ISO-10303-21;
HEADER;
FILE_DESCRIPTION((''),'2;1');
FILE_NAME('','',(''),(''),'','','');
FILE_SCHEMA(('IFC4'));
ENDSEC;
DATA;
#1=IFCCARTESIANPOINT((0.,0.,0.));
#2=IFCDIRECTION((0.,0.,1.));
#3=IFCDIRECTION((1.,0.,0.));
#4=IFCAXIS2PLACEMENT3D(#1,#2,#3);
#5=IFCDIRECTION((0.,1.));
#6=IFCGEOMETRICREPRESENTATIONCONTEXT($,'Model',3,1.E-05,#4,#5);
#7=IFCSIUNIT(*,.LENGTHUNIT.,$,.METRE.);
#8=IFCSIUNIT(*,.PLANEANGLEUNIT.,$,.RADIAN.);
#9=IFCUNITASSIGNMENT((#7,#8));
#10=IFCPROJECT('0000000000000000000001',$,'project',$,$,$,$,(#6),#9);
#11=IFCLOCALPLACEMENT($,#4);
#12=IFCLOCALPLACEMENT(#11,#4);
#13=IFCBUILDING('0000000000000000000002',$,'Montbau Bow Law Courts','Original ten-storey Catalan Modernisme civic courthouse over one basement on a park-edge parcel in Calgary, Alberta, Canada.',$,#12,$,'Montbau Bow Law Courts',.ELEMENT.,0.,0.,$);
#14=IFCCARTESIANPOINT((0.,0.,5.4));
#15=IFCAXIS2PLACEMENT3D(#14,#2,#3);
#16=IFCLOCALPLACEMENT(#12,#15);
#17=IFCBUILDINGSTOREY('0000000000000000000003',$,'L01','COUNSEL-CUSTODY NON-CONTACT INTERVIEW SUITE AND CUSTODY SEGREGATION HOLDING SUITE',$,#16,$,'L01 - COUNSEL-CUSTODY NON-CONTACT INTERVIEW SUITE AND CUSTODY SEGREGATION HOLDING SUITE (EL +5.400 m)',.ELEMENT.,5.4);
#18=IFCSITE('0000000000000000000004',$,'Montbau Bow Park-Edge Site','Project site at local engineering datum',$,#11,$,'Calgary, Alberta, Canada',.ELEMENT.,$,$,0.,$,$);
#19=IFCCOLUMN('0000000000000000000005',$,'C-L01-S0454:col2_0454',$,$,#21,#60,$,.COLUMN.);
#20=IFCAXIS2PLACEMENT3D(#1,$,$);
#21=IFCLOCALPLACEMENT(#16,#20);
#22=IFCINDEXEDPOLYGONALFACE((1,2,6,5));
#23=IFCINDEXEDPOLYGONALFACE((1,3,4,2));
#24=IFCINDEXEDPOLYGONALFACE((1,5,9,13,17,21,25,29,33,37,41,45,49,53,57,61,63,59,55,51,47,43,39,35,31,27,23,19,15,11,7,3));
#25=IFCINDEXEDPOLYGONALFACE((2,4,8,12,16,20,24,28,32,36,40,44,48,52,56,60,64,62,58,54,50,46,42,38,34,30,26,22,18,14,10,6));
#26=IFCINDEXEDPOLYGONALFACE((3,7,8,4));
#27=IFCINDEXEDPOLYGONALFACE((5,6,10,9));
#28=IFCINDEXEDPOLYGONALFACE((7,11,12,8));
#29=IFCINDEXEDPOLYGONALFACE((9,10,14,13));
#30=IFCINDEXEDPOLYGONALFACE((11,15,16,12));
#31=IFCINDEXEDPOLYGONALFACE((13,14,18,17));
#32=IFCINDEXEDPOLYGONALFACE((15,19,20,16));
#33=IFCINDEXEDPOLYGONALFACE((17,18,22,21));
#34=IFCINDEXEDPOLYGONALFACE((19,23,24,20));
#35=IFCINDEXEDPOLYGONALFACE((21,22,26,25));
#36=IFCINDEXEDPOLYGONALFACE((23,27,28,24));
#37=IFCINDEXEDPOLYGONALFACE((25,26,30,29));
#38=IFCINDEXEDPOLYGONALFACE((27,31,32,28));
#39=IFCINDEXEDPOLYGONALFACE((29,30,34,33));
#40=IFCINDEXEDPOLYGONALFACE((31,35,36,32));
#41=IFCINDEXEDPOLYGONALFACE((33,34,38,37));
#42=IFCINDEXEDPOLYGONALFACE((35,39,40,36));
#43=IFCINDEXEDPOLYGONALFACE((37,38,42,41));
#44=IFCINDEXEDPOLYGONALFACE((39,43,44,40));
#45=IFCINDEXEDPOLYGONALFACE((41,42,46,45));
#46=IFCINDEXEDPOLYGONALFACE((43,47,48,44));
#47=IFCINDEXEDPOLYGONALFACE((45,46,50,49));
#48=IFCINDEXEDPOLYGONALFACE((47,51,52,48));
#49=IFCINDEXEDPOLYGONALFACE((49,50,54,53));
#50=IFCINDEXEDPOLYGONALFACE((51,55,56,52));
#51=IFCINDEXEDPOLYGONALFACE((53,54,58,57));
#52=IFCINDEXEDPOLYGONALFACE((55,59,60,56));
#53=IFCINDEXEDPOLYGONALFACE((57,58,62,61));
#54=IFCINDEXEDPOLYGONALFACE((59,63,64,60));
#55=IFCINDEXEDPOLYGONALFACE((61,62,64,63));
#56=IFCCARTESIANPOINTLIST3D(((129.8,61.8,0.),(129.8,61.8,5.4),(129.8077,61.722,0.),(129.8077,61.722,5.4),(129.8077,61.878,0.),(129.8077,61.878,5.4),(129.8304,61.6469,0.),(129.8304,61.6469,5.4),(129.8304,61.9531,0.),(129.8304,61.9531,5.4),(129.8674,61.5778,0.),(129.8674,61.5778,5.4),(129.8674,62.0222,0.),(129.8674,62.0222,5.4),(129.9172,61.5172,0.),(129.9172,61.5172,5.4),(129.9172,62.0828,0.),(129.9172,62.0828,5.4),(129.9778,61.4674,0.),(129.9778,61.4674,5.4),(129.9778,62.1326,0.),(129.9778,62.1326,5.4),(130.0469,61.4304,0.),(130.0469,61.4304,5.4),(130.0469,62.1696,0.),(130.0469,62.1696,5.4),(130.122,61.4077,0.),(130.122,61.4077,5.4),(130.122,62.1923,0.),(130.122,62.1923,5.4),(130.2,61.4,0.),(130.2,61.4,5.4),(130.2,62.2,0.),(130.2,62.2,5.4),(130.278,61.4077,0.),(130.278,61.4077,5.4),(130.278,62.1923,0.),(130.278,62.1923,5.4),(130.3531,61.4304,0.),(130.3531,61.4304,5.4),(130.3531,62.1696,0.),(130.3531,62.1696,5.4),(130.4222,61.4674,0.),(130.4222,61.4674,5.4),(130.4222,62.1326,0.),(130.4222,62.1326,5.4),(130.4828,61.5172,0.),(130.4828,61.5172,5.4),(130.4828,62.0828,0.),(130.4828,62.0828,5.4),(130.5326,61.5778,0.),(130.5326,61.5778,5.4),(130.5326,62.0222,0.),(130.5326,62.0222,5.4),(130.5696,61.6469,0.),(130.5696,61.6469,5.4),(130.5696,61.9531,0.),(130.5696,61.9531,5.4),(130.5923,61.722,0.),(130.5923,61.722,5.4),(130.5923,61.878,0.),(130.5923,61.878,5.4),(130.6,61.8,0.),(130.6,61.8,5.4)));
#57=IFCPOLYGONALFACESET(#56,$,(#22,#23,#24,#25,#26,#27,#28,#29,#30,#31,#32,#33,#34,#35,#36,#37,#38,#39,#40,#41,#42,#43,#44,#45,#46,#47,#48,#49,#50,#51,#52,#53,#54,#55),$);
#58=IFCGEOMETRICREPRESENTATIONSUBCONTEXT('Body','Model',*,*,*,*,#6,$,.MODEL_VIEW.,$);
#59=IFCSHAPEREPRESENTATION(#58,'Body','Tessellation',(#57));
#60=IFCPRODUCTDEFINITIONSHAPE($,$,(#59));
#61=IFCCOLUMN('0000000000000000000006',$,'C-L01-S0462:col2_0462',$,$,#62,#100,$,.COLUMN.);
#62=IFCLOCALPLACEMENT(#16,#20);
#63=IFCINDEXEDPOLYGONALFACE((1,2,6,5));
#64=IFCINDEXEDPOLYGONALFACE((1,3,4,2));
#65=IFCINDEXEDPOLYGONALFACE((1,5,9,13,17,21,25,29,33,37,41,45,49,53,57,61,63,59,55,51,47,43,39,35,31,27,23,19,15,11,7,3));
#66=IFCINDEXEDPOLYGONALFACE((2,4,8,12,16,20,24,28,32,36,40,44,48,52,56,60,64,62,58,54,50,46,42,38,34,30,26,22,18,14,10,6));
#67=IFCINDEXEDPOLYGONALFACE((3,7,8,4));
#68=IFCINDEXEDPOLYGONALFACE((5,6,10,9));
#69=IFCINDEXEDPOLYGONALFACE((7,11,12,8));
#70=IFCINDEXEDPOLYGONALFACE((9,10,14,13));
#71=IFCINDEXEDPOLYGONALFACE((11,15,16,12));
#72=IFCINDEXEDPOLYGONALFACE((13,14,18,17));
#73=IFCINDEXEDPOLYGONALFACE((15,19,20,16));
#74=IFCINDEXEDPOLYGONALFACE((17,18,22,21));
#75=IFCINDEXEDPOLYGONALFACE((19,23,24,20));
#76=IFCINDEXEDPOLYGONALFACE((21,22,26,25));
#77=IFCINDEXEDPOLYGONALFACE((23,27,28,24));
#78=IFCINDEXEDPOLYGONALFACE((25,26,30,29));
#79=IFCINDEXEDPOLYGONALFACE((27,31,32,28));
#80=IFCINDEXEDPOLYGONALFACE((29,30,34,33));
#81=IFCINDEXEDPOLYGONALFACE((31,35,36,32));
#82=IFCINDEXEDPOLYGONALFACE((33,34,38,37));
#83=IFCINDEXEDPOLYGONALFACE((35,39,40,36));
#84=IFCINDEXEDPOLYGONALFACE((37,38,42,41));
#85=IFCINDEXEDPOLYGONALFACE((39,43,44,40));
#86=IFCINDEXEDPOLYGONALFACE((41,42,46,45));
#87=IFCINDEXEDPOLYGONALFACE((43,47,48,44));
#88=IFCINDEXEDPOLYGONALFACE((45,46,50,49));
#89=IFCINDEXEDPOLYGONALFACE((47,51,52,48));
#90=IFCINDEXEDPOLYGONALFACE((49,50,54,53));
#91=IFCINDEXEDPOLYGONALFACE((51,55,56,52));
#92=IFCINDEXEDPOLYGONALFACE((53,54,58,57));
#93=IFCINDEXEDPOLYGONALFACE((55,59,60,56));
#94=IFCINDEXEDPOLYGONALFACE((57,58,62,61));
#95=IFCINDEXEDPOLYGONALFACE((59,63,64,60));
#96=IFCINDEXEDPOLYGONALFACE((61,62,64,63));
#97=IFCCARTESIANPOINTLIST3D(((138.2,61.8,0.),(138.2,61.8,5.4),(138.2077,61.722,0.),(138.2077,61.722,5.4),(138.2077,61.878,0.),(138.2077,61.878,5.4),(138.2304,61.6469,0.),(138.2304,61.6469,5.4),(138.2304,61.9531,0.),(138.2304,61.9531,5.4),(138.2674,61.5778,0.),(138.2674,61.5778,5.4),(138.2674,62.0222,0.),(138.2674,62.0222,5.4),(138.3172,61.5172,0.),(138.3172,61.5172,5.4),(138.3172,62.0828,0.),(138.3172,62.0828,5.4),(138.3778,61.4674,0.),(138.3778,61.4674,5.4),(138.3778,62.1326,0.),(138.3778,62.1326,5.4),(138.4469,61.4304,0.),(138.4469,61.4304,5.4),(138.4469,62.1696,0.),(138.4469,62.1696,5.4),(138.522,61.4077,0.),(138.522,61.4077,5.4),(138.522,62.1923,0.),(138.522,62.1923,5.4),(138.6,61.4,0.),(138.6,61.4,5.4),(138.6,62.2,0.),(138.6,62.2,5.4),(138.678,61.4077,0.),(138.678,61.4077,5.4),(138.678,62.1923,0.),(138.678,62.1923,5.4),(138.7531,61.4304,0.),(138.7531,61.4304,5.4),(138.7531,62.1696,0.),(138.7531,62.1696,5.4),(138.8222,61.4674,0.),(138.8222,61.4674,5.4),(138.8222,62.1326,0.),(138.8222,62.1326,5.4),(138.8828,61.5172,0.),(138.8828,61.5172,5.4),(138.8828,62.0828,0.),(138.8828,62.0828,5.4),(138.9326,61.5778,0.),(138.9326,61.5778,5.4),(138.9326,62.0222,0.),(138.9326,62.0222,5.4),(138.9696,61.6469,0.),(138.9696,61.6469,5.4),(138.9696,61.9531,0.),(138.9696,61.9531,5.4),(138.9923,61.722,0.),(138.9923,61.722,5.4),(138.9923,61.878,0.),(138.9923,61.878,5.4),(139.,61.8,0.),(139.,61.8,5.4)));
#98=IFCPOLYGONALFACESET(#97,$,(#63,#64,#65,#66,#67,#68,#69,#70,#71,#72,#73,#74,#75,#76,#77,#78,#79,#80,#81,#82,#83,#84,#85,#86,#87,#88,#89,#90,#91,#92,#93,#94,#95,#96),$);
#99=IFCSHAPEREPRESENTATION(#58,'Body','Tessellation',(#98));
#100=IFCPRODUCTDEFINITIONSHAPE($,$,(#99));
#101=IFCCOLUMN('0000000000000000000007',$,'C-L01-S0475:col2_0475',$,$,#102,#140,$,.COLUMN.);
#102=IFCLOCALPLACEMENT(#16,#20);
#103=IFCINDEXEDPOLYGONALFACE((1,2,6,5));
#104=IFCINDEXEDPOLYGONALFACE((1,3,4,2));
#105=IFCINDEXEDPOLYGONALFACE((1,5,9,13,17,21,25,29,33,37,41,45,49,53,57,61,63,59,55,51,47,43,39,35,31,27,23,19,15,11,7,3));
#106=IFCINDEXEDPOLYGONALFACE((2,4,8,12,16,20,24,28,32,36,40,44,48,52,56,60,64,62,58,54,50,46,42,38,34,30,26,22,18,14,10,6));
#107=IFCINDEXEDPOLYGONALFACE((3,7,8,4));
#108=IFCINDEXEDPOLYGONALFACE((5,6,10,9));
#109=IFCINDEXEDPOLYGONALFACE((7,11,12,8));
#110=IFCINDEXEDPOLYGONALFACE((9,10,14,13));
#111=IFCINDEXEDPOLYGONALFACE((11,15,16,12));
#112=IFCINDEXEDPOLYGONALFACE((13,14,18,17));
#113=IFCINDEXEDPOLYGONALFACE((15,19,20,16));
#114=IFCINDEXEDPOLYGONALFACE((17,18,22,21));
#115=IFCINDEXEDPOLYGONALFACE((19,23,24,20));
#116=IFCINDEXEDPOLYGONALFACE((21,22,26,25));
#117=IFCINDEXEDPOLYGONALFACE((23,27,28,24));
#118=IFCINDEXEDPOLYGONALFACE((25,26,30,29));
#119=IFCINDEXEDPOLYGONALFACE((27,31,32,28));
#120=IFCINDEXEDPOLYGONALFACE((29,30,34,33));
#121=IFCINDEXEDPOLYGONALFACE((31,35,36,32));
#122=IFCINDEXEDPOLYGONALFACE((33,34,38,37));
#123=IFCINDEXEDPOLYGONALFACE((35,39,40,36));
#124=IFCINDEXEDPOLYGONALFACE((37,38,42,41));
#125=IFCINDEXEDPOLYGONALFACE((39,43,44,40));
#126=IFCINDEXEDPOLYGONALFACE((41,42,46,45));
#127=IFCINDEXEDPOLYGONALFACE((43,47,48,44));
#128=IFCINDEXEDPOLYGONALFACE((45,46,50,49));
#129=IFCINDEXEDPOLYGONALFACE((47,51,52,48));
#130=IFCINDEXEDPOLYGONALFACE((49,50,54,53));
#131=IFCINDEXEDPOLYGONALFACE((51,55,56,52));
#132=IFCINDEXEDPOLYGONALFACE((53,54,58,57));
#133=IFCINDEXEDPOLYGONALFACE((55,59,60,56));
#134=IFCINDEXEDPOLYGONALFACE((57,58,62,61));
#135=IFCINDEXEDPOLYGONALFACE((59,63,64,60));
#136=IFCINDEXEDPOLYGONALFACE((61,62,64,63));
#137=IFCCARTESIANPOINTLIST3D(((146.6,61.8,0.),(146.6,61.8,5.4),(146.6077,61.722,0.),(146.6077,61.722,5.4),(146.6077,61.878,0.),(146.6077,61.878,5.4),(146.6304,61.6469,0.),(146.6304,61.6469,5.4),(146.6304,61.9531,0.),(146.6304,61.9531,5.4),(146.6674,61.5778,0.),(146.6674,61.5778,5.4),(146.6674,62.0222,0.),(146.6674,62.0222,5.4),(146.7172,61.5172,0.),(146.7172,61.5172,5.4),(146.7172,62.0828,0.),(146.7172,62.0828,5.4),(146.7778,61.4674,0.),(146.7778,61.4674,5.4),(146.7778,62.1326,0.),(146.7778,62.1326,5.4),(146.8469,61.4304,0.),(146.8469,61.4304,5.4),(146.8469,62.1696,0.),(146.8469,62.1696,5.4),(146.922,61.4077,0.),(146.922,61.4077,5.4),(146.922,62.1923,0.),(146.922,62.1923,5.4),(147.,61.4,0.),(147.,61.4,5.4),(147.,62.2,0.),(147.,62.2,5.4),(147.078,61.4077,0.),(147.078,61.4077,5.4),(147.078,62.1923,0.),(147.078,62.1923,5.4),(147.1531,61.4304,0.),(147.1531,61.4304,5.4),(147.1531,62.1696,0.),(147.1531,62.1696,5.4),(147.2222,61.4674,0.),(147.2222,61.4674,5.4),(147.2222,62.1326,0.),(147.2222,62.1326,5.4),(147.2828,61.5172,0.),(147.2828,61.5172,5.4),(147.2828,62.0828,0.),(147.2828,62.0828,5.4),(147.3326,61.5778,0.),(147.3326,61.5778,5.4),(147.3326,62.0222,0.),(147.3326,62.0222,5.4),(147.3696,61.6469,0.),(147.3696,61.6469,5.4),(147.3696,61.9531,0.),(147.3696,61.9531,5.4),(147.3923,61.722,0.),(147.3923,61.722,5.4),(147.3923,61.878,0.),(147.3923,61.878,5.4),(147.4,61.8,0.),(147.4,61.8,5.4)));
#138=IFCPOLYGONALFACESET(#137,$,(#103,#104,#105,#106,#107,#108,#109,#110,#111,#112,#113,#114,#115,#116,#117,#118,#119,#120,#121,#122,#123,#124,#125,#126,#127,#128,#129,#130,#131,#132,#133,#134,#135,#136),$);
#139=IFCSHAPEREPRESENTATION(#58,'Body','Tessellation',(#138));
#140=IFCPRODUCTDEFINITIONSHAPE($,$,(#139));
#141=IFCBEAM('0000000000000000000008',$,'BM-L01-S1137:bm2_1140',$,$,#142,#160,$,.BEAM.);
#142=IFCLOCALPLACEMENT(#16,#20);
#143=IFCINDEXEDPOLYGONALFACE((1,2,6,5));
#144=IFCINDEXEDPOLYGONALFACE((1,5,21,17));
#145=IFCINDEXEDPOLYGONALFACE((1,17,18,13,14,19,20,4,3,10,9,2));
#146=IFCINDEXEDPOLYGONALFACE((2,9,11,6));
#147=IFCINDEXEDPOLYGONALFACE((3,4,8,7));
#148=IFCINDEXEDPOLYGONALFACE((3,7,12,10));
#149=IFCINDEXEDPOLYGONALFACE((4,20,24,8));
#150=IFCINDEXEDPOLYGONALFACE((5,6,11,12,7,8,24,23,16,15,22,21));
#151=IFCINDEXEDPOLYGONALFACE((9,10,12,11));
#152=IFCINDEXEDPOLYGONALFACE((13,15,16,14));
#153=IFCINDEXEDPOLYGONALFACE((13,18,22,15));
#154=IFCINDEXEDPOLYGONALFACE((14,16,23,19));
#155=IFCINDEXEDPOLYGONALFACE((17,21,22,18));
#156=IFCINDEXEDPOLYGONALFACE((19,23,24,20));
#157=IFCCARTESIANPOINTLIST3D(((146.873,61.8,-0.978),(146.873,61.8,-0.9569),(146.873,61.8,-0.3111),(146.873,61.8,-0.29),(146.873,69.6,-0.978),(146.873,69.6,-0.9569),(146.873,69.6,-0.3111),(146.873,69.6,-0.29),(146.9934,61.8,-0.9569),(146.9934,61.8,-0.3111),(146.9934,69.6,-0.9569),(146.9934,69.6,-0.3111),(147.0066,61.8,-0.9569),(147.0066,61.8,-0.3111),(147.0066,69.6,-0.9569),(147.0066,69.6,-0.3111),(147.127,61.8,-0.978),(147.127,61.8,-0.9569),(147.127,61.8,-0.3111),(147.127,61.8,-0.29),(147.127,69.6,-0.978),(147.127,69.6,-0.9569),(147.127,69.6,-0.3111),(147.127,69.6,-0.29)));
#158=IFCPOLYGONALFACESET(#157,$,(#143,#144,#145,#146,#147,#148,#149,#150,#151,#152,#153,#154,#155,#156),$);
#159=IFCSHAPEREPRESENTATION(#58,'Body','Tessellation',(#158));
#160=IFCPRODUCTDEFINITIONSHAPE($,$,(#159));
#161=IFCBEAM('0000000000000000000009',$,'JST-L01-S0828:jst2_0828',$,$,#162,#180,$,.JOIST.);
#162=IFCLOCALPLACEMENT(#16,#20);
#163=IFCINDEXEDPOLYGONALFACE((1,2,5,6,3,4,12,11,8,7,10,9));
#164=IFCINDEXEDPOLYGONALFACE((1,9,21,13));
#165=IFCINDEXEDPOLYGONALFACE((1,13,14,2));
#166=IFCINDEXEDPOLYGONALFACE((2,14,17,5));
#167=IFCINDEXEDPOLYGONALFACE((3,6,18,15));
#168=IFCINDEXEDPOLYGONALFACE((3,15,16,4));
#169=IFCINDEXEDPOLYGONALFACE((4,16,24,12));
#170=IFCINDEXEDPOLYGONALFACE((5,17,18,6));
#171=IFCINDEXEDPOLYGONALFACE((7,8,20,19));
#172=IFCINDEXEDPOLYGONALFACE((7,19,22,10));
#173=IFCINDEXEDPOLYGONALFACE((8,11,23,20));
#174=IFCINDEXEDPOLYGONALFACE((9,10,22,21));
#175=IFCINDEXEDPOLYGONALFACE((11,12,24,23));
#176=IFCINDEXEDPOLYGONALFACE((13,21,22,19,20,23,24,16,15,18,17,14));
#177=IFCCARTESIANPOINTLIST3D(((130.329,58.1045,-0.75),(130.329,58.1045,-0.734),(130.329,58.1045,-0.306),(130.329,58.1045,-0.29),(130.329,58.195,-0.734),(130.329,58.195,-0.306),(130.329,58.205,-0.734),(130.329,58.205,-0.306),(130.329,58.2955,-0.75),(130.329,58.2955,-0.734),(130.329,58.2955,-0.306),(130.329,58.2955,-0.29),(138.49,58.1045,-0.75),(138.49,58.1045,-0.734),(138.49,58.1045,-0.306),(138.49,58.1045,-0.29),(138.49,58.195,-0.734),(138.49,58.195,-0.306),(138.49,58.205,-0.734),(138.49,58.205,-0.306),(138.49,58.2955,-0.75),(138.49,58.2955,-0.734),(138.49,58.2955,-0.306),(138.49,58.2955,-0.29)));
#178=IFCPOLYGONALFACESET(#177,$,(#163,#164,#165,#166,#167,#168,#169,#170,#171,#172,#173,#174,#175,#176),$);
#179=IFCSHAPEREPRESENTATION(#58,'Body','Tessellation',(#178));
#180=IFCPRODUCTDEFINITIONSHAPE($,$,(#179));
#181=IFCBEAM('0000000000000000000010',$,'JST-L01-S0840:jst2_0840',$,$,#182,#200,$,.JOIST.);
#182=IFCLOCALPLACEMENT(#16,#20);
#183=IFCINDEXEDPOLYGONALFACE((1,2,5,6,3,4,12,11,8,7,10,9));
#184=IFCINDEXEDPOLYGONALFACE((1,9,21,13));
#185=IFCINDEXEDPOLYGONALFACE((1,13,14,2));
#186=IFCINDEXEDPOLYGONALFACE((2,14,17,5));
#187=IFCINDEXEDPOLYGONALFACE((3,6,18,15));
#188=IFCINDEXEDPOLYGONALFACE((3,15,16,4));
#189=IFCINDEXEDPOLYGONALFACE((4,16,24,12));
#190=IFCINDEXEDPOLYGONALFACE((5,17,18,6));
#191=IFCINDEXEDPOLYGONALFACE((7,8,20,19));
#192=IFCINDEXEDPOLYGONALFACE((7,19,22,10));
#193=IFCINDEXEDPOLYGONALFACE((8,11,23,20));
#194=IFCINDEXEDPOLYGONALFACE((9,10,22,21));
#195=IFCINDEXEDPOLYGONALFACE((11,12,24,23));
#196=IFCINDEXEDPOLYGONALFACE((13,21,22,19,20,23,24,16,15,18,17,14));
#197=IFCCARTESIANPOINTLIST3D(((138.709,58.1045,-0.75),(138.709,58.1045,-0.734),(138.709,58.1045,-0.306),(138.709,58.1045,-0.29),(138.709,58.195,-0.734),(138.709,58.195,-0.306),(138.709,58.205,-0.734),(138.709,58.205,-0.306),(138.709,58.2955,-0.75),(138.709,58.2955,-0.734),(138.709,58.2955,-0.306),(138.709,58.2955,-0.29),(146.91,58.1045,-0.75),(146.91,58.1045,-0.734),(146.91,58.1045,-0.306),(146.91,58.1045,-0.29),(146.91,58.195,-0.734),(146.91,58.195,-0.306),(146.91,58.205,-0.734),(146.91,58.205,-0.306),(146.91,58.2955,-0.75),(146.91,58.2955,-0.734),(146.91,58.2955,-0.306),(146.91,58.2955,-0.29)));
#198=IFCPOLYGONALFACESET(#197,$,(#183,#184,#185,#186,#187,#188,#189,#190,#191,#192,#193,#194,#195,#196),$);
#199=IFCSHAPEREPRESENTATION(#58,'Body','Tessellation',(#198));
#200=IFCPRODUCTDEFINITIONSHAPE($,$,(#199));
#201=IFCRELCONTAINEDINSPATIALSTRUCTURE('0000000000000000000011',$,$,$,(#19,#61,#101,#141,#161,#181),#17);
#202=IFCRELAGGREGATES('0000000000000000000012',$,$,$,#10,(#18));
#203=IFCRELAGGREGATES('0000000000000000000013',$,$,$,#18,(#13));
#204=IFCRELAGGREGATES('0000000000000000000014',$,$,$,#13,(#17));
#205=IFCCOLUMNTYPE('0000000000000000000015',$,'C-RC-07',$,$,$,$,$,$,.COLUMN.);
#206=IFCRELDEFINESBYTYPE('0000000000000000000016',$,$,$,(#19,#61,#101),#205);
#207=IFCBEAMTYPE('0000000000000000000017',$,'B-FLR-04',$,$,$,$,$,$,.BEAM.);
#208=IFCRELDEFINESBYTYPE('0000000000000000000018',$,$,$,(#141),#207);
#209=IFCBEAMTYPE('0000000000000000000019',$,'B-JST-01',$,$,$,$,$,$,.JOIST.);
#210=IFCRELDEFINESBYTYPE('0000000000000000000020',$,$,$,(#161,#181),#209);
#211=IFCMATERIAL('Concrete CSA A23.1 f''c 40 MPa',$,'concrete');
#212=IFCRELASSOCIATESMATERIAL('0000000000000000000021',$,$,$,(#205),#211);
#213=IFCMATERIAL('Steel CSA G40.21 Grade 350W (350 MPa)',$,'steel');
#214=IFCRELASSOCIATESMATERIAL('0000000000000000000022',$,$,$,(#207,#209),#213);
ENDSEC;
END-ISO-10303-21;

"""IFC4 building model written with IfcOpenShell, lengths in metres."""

from ifc_helpers import new_model, si_unit, direction, frame, origin_with_axes, origin_2d_with_axis, place, context, subcontext, project, spatial, circle, i_section, extrude, material, material_profile, profile_set, type_object, element, save


model = new_model("IFC4")

# Units and contexts
model_context = context("Model", 3, precision=1e-05, world=origin_with_axes(), true_north=direction((0.0, 1.0)))
body_context = subcontext(model_context, "Body", "Model", "MODEL_VIEW")
ifc_project = project(units=[si_unit("LENGTHUNIT", "METRE"), si_unit("PLANEANGLEUNIT", "RADIAN")], contexts=[model_context])

# Site, building, storey
site_placement = place(None, origin_with_axes())
site = spatial("IfcSite", under=ifc_project, at=site_placement, Name="Montbau Bow Park-Edge Site", Description="Project site at local engineering datum", LongName="Calgary, Alberta, Canada", CompositionType="ELEMENT", RefElevation=0.0)
building_placement = place(site_placement, origin_with_axes())
building = spatial("IfcBuilding", under=site, at=building_placement, Name="Montbau Bow Law Courts", Description="Original ten-storey Catalan Modernisme civic courthouse over one basement on a park-edge parcel in Calgary, Alberta, Canada.", LongName="Montbau Bow Law Courts", CompositionType="ELEMENT", ElevationOfRefHeight=0.0, ElevationOfTerrain=0.0)
storey_placement = place(building_placement, frame((0.0, 0.0, 5.4), z_axis=(0.0, 0.0, 1.0), x_axis=(1.0, 0.0, 0.0)))
storey = spatial("IfcBuildingStorey", under=building, at=storey_placement, Name="L01", Description="COUNSEL-CUSTODY NON-CONTACT INTERVIEW SUITE AND CUSTODY SEGREGATION HOLDING SUITE", LongName="L01 - COUNSEL-CUSTODY NON-CONTACT INTERVIEW SUITE AND CUSTODY SEGREGATION HOLDING SUITE (EL +5.400 m)", CompositionType="ELEMENT", Elevation=5.4)

# Columns
ifc_material_1 = material(Name="Concrete CSA A23.1 f'c 40 MPa", Category="concrete")
ifc_material_profile_1 = material_profile(ifc_material_1, circle(Radius=0.4, at=origin_2d_with_axis()), Name="RC800D", Category="Main", Priority=0)
ifc_profile_set_1 = profile_set([ifc_material_profile_1], Name="Concrete CSA A23.1 f'c 40 MPa")
column_type = type_object("IfcColumnType", Name="C-RC-07", PredefinedType="COLUMN", material=ifc_profile_set_1)
for number, where, z_axis, x_axis, name in (
    (1, (130.2, 61.8, 5.4), (0.0, 0.0, 1.0), (1.0, 0.0, 0.0), "C-L01-S0454:col2_0454"),
    (2, (138.6, 61.8, 5.4), (0.0, 0.0, 1.0), (1.0, 0.0, 0.0), "C-L01-S0462:col2_0462"),
    (3, (147.0, 61.8, 5.4), (0.0, 0.0, 1.0), (1.0, 0.0, 0.0), "C-L01-S0475:col2_0475"),
):
    element("IfcColumn", number, at=place(None, frame(where, z_axis=z_axis, x_axis=x_axis)), inside=storey, type_object=column_type, Name=name, PredefinedType="COLUMN", context=body_context, shape_type="SweptSolid", body=[
        extrude(circle(Radius=0.4, at=origin_2d_with_axis()), origin_with_axes(), (0.0, 0.0, 1.0), 5.4),
    ])

# Beams
ifc_material_2 = material(Name="Steel CSA G40.21 Grade 350W (350 MPa)", Category="steel")
ifc_material_profile_2 = material_profile(ifc_material_2, i_section(OverallWidth=0.254, OverallDepth=0.688, WebThickness=0.0131, FlangeThickness=0.0211, at=origin_2d_with_axis()), Name="W690X152", Category="Main", Priority=0)
ifc_profile_set_2 = profile_set([ifc_material_profile_2], Name="Steel CSA G40.21 Grade 350W (350 MPa)")
beam_type_1 = type_object("IfcBeamType", Name="B-FLR-04", PredefinedType="BEAM", material=ifc_profile_set_2)
beam_1_placement = place(None, frame((147.0, 61.8, 4.766), z_axis=(0.0, 1.0, 0.0), x_axis=(-1.0, 0.0, 0.0)))
element("IfcBeam", 4, at=beam_1_placement, inside=storey, type_object=beam_type_1, Name="BM-L01-S1137:bm2_1140", PredefinedType="BEAM", context=body_context, shape_type="SweptSolid", body=[
    extrude(i_section(OverallWidth=0.254, OverallDepth=0.688, WebThickness=0.0131, FlangeThickness=0.0211, at=origin_2d_with_axis()), origin_with_axes(), (0.0, 0.0, 1.0), 7.8),
])
ifc_material_profile_3 = material_profile(ifc_material_2, i_section(OverallWidth=0.191, OverallDepth=0.46, WebThickness=0.0099, FlangeThickness=0.016, at=origin_2d_with_axis()), Name="W460X82", Category="Main", Priority=0)
ifc_profile_set_3 = profile_set([ifc_material_profile_3], Name="Steel CSA G40.21 Grade 350W (350 MPa)")
beam_type_2 = type_object("IfcBeamType", Name="B-JST-01", PredefinedType="JOIST", material=ifc_profile_set_3)
beam_2_placement = place(None, frame((130.329, 58.2, 4.88), z_axis=(1.0, 0.0, 0.0), x_axis=(0.0, 1.0, 0.0)))
element("IfcBeam", 5, at=beam_2_placement, inside=storey, type_object=beam_type_2, Name="JST-L01-S0828:jst2_0828", PredefinedType="JOIST", context=body_context, shape_type="SweptSolid", body=[
    extrude(i_section(OverallWidth=0.191, OverallDepth=0.46, WebThickness=0.0099, FlangeThickness=0.016, at=origin_2d_with_axis()), origin_with_axes(), (0.0, 0.0, 1.0), 8.161),
])
beam_3_placement = place(None, frame((138.709, 58.2, 4.88), z_axis=(1.0, 0.0, 0.0), x_axis=(0.0, 1.0, 0.0)))
element("IfcBeam", 6, at=beam_3_placement, inside=storey, type_object=beam_type_2, Name="JST-L01-S0840:jst2_0840", PredefinedType="JOIST", context=body_context, shape_type="SweptSolid", body=[
    extrude(i_section(OverallWidth=0.191, OverallDepth=0.46, WebThickness=0.0099, FlangeThickness=0.016, at=origin_2d_with_axis()), origin_with_axes(), (0.0, 0.0, 1.0), 8.201),
])

save(model, "model.ifc")
